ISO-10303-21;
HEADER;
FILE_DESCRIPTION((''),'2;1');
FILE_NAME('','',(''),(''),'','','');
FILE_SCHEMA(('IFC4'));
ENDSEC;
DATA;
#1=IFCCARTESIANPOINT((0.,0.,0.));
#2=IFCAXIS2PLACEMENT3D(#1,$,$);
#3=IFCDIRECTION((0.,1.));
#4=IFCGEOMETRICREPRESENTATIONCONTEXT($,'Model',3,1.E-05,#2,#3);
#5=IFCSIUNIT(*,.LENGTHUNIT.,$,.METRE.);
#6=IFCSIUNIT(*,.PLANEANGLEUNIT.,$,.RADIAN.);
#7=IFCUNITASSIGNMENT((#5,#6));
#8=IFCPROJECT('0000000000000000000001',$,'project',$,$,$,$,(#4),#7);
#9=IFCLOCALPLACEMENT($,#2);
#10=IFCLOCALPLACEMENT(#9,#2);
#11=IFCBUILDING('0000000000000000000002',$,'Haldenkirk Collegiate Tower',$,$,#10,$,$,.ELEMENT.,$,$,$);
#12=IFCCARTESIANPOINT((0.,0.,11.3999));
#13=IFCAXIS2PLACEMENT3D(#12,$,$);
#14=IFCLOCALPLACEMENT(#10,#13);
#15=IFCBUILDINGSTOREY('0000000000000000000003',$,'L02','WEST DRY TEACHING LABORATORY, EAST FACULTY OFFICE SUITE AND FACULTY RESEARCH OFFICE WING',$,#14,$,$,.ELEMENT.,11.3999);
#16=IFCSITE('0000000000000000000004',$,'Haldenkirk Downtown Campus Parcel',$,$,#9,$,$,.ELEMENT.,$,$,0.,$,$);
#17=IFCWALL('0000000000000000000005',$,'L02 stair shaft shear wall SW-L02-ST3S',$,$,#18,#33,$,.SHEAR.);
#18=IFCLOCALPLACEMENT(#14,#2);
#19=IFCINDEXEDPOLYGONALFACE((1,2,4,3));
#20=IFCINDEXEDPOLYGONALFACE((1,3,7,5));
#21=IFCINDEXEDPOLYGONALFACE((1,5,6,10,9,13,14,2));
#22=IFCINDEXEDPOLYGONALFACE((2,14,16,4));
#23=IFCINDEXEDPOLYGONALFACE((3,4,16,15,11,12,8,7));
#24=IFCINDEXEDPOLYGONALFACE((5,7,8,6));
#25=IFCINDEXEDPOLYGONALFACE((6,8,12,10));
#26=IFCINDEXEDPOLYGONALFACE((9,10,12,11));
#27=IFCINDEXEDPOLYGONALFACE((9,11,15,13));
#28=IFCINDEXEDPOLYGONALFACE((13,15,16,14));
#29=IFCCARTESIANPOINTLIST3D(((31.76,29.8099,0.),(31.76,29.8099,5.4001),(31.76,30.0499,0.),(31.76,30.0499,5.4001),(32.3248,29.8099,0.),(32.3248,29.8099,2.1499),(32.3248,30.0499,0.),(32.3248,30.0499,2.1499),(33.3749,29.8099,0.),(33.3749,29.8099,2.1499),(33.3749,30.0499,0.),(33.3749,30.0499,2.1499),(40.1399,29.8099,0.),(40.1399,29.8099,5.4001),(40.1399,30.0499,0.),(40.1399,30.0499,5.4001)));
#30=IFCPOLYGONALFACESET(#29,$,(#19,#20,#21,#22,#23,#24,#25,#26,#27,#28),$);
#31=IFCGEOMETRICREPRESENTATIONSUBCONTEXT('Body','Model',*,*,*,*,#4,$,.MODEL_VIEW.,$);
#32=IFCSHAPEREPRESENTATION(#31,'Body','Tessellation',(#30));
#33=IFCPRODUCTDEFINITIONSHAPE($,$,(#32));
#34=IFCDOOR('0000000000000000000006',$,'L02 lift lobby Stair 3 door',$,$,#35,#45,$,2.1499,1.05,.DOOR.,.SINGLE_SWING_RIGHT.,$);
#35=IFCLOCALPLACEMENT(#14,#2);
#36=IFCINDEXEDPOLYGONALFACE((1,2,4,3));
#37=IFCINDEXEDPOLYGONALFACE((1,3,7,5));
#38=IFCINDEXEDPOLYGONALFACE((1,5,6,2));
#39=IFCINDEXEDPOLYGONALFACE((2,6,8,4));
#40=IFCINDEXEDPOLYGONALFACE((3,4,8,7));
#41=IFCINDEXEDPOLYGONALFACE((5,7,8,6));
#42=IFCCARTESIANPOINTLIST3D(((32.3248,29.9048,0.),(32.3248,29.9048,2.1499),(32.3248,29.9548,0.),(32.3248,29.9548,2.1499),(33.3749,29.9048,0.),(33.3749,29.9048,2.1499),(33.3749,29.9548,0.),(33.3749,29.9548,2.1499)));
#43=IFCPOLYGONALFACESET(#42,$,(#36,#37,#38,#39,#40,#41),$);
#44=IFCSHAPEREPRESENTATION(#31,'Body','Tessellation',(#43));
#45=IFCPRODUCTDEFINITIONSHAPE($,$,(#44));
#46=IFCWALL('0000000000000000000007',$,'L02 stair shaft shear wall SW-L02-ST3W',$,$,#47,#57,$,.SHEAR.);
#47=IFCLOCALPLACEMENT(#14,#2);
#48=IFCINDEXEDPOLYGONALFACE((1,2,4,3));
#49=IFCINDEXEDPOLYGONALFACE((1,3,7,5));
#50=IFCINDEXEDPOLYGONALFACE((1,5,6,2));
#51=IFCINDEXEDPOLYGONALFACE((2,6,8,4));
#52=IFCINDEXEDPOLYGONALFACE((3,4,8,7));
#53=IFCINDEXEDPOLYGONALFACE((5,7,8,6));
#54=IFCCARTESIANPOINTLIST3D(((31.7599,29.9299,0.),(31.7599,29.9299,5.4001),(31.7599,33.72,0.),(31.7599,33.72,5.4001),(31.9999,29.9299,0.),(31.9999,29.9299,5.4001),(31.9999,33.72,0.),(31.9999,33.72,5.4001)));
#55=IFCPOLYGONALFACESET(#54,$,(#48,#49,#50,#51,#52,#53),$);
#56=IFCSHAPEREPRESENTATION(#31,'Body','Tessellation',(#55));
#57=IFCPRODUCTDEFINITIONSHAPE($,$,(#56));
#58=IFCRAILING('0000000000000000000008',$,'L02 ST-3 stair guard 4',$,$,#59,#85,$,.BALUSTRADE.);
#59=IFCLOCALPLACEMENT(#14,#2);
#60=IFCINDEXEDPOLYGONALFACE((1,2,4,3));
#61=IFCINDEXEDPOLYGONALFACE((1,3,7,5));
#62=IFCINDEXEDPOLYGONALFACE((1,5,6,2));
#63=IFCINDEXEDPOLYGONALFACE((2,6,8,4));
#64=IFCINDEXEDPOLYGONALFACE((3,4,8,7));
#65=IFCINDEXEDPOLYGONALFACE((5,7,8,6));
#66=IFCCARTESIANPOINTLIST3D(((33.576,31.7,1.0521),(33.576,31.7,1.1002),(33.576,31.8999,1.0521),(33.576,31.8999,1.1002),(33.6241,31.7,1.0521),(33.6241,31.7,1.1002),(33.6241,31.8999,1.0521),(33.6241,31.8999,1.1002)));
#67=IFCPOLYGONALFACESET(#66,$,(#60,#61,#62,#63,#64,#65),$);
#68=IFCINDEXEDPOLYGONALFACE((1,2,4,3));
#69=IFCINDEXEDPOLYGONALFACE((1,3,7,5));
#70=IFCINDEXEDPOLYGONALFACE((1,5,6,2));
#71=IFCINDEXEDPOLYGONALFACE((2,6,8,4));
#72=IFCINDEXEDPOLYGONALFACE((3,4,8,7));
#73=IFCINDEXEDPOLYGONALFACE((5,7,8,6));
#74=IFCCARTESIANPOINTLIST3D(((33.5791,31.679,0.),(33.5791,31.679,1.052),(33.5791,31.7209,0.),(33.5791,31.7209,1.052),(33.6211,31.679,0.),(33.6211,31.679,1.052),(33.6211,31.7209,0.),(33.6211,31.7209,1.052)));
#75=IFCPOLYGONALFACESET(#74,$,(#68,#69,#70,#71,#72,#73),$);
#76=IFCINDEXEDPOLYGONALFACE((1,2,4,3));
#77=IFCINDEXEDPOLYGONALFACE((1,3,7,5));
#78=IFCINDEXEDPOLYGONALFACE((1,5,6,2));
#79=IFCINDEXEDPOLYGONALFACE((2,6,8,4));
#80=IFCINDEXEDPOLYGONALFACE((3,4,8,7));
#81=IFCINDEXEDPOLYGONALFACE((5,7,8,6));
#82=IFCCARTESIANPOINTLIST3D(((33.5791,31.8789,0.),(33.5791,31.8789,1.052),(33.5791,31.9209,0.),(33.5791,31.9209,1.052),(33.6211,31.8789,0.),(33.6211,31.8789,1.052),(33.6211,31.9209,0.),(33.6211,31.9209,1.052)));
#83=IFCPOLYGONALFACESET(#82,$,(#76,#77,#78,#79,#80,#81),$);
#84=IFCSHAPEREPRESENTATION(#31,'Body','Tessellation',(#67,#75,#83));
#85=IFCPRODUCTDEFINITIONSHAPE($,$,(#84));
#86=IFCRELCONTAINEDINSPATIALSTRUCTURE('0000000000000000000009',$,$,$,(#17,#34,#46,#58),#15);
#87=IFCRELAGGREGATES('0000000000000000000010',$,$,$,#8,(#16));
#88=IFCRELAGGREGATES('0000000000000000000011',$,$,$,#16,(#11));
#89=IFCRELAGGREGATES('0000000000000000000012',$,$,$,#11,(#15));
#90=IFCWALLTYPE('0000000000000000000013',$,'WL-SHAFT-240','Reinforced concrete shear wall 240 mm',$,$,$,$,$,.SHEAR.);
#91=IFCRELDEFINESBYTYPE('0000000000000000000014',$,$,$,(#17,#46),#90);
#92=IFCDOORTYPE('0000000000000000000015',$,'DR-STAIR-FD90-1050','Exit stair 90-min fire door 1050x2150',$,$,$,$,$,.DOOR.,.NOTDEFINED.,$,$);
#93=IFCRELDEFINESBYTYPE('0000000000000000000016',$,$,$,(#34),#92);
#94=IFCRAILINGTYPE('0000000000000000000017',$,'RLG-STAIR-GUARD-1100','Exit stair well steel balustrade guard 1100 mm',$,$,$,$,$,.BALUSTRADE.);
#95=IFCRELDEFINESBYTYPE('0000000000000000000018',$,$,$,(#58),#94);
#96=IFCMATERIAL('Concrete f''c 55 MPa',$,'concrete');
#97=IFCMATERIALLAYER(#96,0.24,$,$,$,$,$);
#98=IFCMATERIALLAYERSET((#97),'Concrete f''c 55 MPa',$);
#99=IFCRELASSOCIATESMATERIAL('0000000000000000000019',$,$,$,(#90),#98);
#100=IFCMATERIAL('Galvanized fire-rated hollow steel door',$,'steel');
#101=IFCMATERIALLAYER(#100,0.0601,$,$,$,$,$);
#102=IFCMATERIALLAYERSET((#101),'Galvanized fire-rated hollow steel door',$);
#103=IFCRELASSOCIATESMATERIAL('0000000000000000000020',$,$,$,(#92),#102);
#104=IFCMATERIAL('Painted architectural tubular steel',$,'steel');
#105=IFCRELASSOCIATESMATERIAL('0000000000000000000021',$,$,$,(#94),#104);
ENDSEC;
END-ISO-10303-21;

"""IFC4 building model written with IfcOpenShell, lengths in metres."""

from ifc_helpers import new_model, si_unit, direction, frame, frame_2d, origin, origin_2d, place, context, subcontext, project, spatial, rectangle, extrude, material, layer, layer_set, type_object, element, fill, save


model = new_model("IFC4")

# Units and contexts
model_context = context("Model", 3, precision=1e-05, world=origin(), true_north=direction((0.0, 1.0)))
body_context = subcontext(model_context, "Body", "Model", "MODEL_VIEW")
ifc_project = project(units=[si_unit("LENGTHUNIT", "METRE"), si_unit("PLANEANGLEUNIT", "RADIAN")], contexts=[model_context])

# Site, building, storey
site_placement = place(None, origin())
site = spatial("IfcSite", under=ifc_project, at=site_placement, Name="Haldenkirk Downtown Campus Parcel", CompositionType="ELEMENT", RefElevation=0.0)
building_placement = place(site_placement, origin())
building = spatial("IfcBuilding", under=site, at=building_placement, Name="Haldenkirk Collegiate Tower", CompositionType="ELEMENT")
storey_placement = place(building_placement, frame((0.0, 0.0, 11.3999)))
storey = spatial("IfcBuildingStorey", under=building, at=storey_placement, Name="L02", Description="WEST DRY TEACHING LABORATORY, EAST FACULTY OFFICE SUITE AND FACULTY RESEARCH OFFICE WING", CompositionType="ELEMENT", Elevation=11.3999)

# Wall, opening, door
ifc_material_1 = material(Name="Concrete f'c 55 MPa", Category="concrete")
ifc_layer_1 = layer(ifc_material_1, 0.24)
ifc_layer_set_1 = layer_set([ifc_layer_1], Name="Concrete f'c 55 MPa")
wall_type_1 = type_object("IfcWallType", Name="WL-SHAFT-240", Description="Reinforced concrete shear wall 240 mm", PredefinedType="SHEAR", material=ifc_layer_set_1)
wall_1_placement = place(storey_placement, frame((31.76, 29.9299, 0.0), z_axis=(0.0, 0.0, 1.0), x_axis=(1.0, 0.0, 0.0)))
wall_1 = element("IfcWall", 1, at=wall_1_placement, inside=storey, type_object=wall_type_1, Name="L02 stair shaft shear wall SW-L02-ST3S", PredefinedType="SHEAR", context=body_context, shape_type="SweptSolid", body=[
    extrude(rectangle(XDim=8.3799, YDim=0.24, at=frame_2d((4.1899, 0.0))), origin(), (0.0, 0.0, 1.0), 5.4001),
])
opening_1_placement = place(wall_1_placement, frame((0.5649, 0.0, 0.0)))
opening_1 = element("IfcOpeningElement", 2, at=opening_1_placement, cuts=wall_1, PredefinedType="OPENING", context=body_context, shape_type="SweptSolid", body=[
    extrude(rectangle(XDim=1.05, YDim=2.1499, at=frame_2d((0.5249, 1.075))), frame((0.0, 0.1299, 0.0), z_axis=(0.0, -1.0, 0.0), x_axis=(1.0, 0.0, 0.0)), (0.0, 0.0, 1.0), 0.26),
])
ifc_material_2 = material(Name="Galvanized fire-rated hollow steel door", Category="steel")
ifc_layer_2 = layer(ifc_material_2, 0.0601)
ifc_layer_set_2 = layer_set([ifc_layer_2], Name="Galvanized fire-rated hollow steel door")
door_type_1 = type_object("IfcDoorType", Name="DR-STAIR-FD90-1050", Description="Exit stair 90-min fire door 1050x2150", OperationType="NOTDEFINED", PredefinedType="DOOR", material=ifc_layer_set_2)
door_1_placement = place(opening_1_placement, origin())
door_1 = element("IfcDoor", 3, at=door_1_placement, inside=storey, type_object=door_type_1, Name="L02 lift lobby Stair 3 door", OperationType="SINGLE_SWING_RIGHT", OverallHeight=2.1499, OverallWidth=1.05, PredefinedType="DOOR", context=body_context, shape_type="SweptSolid", body=[
    extrude(rectangle(XDim=1.05, YDim=2.1499, at=frame_2d((0.5249, 1.075))), frame((0.0, 0.0249, 0.0), z_axis=(0.0, -1.0, 0.0), x_axis=(1.0, 0.0, 0.0)), (0.0, 0.0, 1.0), 0.05),
])
fill(opening_1, door_1)

# Wall
wall_2_placement = place(storey_placement, frame((31.8799, 29.9299, 0.0), z_axis=(0.0, 0.0, 1.0), x_axis=(0.0, 1.0, 0.0)))
element("IfcWall", 4, at=wall_2_placement, inside=storey, type_object=wall_type_1, Name="L02 stair shaft shear wall SW-L02-ST3W", PredefinedType="SHEAR", context=body_context, shape_type="SweptSolid", body=[
    extrude(rectangle(XDim=3.79, YDim=0.24, at=frame_2d((1.895, 0.0))), origin(), (0.0, 0.0, 1.0), 5.4001),
])

# Railing
ifc_material_3 = material(Name="Painted architectural tubular steel", Category="steel")
railing_type = type_object("IfcRailingType", Name="RLG-STAIR-GUARD-1100", Description="Exit stair well steel balustrade guard 1100 mm", PredefinedType="BALUSTRADE", material=ifc_material_3)
railing_placement = place(storey_placement, frame((33.6001, 31.7, 0.0)))
element("IfcRailing", 5, at=railing_placement, inside=storey, type_object=railing_type, Name="L02 ST-3 stair guard 4", PredefinedType="BALUSTRADE", context=body_context, shape_type="SweptSolid", body=[
    extrude(rectangle(XDim=0.0481, YDim=0.0481, at=origin_2d()), frame((0.0, 0.0, 1.0762), z_axis=(0.0, 1.0, 0.0), x_axis=(-1.0, 0.0, 0.0)), (0.0, 0.0, 1.0), 0.2),
    extrude(rectangle(XDim=0.042, YDim=0.042, at=origin_2d()), origin(), (0.0, 0.0, 1.0), 1.052),
    extrude(rectangle(XDim=0.042, YDim=0.042, at=origin_2d()), frame((0.0, 0.2, 0.0)), (0.0, 0.0, 1.0), 1.052),
])

save(model, "model.ifc")
